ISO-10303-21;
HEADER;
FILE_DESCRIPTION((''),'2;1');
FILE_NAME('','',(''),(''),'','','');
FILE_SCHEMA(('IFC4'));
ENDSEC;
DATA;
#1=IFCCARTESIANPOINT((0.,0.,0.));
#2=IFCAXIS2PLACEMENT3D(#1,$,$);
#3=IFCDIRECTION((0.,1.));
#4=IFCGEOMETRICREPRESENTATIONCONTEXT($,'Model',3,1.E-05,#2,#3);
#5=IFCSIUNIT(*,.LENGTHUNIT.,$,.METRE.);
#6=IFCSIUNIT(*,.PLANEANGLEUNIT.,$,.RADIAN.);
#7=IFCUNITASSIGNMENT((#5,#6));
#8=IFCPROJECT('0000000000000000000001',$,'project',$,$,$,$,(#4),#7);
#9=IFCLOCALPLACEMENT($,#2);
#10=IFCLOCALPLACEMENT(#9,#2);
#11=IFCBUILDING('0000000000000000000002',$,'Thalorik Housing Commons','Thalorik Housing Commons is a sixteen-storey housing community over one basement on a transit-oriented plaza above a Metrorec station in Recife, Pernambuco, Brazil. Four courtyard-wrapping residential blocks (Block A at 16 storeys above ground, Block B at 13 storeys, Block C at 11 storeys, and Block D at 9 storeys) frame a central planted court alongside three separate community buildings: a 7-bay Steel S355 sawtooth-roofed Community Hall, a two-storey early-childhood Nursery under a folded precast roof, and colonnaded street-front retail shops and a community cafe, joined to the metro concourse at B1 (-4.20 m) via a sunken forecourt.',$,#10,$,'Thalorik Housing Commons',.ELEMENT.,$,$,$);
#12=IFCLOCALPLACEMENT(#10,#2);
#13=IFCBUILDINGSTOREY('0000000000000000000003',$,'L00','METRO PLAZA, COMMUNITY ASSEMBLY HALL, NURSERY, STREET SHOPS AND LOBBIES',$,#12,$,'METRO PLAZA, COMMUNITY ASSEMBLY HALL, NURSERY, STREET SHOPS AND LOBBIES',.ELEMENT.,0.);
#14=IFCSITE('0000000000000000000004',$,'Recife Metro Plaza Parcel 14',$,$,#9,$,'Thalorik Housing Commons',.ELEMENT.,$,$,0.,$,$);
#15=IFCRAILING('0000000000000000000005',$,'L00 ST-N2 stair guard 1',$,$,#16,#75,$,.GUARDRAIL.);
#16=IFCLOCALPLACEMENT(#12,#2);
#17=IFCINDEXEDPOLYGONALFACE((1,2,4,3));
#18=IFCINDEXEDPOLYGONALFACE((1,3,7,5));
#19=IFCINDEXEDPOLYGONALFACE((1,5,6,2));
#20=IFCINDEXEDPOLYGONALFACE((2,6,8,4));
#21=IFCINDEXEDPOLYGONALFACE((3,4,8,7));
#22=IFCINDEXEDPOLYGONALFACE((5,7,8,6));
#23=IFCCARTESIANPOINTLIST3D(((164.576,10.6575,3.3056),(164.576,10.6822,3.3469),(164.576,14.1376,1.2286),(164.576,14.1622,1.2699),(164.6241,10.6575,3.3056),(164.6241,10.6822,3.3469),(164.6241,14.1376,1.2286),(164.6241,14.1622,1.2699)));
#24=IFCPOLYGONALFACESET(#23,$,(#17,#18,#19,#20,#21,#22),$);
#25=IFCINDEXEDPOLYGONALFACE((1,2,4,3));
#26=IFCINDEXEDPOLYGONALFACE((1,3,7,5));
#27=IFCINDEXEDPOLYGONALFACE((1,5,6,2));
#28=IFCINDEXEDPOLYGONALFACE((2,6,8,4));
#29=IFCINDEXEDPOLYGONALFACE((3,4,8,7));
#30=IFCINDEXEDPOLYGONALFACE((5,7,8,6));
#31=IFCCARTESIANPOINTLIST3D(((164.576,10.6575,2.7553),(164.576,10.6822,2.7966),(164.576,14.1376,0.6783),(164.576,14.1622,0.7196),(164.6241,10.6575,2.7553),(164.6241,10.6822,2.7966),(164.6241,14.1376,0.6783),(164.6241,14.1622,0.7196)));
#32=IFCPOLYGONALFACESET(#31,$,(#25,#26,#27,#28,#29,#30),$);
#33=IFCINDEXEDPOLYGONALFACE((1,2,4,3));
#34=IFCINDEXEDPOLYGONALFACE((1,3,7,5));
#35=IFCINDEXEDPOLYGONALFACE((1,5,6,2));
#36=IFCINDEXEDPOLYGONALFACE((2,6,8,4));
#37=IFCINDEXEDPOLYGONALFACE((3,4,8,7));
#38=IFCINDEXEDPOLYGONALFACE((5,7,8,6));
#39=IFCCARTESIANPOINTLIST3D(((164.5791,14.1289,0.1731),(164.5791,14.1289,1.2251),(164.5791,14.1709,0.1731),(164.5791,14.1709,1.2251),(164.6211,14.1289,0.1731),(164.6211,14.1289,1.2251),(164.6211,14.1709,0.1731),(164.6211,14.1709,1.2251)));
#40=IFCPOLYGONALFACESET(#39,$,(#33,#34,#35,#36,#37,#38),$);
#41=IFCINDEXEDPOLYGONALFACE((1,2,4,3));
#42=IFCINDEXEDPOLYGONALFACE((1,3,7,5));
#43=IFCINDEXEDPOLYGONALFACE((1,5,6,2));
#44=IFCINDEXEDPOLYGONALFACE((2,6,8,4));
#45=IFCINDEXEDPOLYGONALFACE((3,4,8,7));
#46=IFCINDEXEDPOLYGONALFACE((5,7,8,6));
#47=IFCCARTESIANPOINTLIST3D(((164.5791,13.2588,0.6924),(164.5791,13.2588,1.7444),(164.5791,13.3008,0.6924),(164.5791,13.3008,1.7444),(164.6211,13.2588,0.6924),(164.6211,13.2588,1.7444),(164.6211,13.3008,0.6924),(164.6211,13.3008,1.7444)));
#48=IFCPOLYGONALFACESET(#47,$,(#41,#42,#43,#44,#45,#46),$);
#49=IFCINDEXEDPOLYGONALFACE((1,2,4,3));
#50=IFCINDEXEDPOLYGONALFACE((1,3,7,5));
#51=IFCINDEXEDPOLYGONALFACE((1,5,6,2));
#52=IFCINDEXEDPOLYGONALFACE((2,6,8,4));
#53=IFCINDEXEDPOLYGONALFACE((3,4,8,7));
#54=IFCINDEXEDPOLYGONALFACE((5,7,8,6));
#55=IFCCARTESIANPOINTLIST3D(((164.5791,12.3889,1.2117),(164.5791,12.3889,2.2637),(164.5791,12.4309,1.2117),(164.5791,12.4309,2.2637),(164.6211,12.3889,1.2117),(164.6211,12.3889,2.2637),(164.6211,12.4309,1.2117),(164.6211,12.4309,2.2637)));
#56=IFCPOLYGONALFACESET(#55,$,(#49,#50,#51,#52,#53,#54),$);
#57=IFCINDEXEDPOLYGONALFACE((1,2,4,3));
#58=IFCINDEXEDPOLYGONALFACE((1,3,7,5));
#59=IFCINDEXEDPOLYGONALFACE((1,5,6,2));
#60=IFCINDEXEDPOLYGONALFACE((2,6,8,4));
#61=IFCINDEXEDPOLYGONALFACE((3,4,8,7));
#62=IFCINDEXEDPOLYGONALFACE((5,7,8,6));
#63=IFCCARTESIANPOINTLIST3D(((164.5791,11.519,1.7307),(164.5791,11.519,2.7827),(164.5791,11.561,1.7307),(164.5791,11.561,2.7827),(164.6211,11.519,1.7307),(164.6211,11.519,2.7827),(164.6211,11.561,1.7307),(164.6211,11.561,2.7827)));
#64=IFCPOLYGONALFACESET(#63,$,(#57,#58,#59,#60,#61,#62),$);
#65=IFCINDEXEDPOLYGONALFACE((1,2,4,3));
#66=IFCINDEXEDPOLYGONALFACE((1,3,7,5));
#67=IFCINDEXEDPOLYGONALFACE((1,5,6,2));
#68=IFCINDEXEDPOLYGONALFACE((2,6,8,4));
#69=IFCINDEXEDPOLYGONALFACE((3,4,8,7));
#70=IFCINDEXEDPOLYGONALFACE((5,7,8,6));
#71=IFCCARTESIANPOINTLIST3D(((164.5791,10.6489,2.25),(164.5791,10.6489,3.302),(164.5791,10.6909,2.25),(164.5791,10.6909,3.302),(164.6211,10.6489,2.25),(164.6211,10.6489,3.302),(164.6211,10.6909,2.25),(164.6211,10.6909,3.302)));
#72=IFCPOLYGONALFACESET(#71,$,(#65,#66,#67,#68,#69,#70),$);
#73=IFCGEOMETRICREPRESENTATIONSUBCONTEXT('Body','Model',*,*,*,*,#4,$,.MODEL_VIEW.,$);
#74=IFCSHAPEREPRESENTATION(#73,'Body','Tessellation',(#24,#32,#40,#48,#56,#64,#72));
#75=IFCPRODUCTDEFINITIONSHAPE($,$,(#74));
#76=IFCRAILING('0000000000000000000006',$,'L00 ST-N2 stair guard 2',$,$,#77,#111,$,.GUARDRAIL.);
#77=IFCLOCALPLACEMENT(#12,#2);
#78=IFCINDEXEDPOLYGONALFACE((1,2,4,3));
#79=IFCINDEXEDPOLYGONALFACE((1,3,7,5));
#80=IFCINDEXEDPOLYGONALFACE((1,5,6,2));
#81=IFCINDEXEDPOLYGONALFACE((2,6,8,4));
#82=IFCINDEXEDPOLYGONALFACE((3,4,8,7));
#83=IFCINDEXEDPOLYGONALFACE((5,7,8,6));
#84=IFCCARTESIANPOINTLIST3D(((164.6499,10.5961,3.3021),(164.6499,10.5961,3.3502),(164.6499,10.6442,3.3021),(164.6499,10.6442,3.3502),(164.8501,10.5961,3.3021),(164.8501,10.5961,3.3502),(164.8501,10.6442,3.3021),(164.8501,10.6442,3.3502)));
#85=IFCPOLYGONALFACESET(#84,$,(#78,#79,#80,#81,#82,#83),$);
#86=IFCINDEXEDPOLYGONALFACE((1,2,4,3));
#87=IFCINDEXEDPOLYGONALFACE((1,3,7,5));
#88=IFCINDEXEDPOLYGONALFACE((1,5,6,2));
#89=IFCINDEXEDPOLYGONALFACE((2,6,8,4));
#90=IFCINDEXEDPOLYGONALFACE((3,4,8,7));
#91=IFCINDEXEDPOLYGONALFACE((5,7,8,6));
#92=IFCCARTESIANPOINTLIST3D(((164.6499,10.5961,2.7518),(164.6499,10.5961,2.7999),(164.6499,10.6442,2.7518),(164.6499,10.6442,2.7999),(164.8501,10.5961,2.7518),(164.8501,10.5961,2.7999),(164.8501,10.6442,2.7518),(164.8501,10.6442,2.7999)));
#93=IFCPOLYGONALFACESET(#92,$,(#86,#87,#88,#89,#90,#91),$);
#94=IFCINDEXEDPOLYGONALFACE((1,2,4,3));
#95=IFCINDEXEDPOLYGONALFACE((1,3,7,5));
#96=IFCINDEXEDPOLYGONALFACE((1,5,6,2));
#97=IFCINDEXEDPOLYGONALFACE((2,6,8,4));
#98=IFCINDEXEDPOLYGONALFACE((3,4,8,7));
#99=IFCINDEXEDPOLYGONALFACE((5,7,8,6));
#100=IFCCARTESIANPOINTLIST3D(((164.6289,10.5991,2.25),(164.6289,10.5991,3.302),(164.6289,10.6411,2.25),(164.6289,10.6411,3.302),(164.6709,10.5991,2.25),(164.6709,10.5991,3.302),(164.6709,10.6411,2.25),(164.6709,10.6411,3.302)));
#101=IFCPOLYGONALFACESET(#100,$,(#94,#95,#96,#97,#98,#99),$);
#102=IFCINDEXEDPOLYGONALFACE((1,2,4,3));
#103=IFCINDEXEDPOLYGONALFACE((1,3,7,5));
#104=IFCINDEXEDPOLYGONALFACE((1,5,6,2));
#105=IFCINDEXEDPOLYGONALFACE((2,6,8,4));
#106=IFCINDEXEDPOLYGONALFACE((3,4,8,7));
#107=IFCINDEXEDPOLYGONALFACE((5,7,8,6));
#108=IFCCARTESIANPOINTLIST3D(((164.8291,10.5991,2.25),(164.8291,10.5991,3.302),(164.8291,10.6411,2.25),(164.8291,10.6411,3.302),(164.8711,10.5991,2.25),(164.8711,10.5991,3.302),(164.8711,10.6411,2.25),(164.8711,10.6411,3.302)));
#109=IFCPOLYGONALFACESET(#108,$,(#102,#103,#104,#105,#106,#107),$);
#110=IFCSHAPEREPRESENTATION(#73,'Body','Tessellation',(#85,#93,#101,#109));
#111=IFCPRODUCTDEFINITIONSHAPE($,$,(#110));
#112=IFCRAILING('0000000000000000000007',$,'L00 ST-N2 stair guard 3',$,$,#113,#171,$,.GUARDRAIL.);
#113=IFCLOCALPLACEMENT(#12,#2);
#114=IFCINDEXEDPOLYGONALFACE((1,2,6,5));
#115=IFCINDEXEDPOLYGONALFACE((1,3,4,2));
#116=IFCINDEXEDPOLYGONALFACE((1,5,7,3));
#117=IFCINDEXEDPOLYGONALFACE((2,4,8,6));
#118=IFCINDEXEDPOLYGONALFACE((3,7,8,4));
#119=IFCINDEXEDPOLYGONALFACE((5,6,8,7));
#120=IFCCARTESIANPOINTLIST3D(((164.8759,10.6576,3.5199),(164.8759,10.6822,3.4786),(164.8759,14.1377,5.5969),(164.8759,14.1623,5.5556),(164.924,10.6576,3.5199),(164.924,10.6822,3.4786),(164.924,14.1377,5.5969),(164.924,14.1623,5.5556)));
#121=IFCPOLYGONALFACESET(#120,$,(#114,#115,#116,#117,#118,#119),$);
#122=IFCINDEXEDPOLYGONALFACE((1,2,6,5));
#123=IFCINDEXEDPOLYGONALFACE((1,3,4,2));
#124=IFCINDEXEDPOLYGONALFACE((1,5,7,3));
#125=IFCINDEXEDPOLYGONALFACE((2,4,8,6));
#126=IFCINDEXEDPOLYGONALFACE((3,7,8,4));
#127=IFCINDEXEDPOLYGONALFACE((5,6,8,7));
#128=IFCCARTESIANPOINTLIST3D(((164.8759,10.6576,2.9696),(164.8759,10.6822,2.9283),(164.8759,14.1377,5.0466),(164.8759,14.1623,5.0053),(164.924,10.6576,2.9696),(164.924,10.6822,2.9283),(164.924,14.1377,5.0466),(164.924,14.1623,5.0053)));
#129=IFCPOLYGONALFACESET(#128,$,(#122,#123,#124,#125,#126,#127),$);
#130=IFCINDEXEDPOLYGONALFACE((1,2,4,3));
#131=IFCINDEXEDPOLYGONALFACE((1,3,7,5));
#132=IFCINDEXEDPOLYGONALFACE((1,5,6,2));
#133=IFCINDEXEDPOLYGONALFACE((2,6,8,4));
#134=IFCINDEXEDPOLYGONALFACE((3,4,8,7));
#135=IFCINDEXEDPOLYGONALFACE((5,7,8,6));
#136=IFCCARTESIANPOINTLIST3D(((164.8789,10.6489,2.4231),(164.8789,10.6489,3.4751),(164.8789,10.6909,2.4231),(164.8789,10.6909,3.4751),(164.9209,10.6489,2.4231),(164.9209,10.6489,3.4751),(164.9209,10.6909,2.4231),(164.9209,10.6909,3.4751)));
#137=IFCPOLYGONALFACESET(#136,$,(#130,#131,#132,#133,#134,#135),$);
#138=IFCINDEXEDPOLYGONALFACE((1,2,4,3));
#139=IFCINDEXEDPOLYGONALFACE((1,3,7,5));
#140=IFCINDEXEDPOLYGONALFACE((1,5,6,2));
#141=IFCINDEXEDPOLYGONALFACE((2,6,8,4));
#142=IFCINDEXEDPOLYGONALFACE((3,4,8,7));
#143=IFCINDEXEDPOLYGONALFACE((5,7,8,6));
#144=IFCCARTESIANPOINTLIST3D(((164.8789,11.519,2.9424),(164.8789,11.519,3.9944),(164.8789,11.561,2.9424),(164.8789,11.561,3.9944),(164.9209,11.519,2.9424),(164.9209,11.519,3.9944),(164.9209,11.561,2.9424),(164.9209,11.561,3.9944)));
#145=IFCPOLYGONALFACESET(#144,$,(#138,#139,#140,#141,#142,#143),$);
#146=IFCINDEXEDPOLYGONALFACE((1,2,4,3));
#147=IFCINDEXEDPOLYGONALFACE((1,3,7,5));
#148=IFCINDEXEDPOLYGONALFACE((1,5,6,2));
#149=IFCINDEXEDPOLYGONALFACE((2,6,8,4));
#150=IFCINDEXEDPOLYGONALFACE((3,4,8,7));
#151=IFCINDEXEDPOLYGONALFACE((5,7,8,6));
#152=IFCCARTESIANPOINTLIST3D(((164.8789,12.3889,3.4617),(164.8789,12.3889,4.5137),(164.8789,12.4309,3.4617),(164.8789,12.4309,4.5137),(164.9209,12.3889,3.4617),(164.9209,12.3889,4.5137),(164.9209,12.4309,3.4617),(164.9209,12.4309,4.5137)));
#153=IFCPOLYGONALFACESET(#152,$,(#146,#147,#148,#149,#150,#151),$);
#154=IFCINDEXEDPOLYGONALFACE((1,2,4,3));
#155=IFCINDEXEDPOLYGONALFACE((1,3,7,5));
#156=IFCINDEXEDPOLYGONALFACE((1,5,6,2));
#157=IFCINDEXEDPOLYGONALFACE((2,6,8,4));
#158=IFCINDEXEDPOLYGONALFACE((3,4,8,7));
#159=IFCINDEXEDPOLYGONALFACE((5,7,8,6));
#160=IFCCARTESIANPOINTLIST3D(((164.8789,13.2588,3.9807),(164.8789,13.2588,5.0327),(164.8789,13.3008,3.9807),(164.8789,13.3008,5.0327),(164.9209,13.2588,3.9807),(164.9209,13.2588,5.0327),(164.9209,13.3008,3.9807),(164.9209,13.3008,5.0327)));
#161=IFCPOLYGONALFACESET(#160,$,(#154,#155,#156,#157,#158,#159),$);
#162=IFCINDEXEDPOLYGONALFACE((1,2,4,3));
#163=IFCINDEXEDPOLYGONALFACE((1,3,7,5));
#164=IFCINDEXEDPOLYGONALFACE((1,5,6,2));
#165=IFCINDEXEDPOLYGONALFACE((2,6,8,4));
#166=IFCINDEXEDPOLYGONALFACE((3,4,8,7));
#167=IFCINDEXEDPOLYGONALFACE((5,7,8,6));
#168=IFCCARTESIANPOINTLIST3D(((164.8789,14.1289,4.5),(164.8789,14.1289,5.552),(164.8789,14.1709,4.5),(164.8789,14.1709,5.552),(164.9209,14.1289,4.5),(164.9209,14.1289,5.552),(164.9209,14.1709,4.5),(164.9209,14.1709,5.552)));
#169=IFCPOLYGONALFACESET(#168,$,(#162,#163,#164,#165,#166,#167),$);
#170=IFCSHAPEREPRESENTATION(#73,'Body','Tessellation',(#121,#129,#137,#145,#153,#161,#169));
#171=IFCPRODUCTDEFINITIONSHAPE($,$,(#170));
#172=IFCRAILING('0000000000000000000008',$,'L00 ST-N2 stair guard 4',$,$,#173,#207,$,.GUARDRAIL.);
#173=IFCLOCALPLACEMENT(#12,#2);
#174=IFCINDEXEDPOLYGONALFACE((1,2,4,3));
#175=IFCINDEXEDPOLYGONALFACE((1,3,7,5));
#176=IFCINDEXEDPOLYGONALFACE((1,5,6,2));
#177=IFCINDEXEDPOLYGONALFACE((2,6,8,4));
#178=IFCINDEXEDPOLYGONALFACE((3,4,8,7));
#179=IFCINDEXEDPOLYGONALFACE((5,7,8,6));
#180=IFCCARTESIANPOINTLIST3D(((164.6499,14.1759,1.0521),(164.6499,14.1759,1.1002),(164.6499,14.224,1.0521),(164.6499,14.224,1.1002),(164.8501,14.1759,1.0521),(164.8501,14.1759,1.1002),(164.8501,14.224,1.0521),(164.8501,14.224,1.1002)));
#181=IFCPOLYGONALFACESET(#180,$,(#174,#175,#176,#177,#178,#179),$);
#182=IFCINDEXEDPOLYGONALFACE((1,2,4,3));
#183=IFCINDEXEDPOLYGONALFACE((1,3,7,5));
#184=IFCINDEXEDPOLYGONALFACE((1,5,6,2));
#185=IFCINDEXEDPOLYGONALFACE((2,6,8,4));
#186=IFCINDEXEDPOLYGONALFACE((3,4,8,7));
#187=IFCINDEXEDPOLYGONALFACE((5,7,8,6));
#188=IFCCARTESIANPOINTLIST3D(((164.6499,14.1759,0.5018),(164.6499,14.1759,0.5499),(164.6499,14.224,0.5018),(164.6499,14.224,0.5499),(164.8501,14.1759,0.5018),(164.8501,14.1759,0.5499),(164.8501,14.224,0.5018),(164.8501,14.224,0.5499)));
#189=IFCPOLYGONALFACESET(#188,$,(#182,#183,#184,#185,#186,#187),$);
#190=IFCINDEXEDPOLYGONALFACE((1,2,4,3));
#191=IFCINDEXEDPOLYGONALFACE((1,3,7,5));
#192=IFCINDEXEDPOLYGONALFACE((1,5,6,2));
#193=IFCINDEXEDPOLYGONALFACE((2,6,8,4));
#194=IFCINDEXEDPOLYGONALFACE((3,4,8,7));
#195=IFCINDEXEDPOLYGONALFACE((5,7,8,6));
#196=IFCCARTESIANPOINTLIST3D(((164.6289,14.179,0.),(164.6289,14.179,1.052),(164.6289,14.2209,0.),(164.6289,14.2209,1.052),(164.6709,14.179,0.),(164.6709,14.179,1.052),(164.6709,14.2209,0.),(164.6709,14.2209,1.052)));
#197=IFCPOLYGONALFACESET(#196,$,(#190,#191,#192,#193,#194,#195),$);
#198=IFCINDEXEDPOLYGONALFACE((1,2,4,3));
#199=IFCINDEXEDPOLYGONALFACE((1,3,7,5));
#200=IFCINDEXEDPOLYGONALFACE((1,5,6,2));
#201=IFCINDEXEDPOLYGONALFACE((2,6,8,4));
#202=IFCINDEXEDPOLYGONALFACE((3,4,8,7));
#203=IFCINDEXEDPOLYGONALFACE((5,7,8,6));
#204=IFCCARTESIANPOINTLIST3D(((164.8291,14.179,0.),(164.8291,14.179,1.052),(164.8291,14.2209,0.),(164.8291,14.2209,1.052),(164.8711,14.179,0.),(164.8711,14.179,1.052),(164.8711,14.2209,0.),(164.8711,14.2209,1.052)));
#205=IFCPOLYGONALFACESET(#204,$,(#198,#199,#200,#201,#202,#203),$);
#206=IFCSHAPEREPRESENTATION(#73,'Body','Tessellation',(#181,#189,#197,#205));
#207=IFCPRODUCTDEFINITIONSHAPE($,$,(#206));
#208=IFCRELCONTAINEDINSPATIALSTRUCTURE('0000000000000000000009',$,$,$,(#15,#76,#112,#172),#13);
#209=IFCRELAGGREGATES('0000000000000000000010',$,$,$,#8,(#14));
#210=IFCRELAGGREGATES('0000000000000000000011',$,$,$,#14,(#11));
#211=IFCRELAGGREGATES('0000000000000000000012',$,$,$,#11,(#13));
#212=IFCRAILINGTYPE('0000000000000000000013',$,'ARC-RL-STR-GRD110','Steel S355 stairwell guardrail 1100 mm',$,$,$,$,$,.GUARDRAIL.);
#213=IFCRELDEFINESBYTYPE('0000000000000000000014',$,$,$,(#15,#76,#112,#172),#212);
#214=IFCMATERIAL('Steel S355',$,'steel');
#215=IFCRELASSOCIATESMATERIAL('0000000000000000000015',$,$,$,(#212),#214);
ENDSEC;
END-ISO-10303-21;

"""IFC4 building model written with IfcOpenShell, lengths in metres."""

from ifc_helpers import new_model, si_unit, direction, frame, origin, origin_2d, place, context, subcontext, project, spatial, rectangle, extrude, material, type_object, element, save


model = new_model("IFC4")

# Units and contexts
model_context = context("Model", 3, precision=1e-05, world=origin(), true_north=direction((0.0, 1.0)))
body_context = subcontext(model_context, "Body", "Model", "MODEL_VIEW")
ifc_project = project(units=[si_unit("LENGTHUNIT", "METRE"), si_unit("PLANEANGLEUNIT", "RADIAN")], contexts=[model_context])

# Site, building, storey
site_placement = place(None, origin())
site = spatial("IfcSite", under=ifc_project, at=site_placement, Name="Recife Metro Plaza Parcel 14", LongName="Thalorik Housing Commons", CompositionType="ELEMENT", RefElevation=0.0)
building_placement = place(site_placement, origin())
building = spatial("IfcBuilding", under=site, at=building_placement, Name="Thalorik Housing Commons", Description="Thalorik Housing Commons is a sixteen-storey housing community over one basement on a transit-oriented plaza above a Metrorec station in Recife, Pernambuco, Brazil. Four courtyard-wrapping residential blocks (Block A at 16 storeys above ground, Block B at 13 storeys, Block C at 11 storeys, and Block D at 9 storeys) frame a central planted court alongside three separate community buildings: a 7-bay Steel S355 sawtooth-roofed Community Hall, a two-storey early-childhood Nursery under a folded precast roof, and colonnaded street-front retail shops and a community cafe, joined to the metro concourse at B1 (-4.20 m) via a sunken forecourt.", LongName="Thalorik Housing Commons", CompositionType="ELEMENT")
storey_placement = place(building_placement, origin())
storey = spatial("IfcBuildingStorey", under=building, at=storey_placement, Name="L00", Description="METRO PLAZA, COMMUNITY ASSEMBLY HALL, NURSERY, STREET SHOPS AND LOBBIES", LongName="METRO PLAZA, COMMUNITY ASSEMBLY HALL, NURSERY, STREET SHOPS AND LOBBIES", CompositionType="ELEMENT", Elevation=0.0)

# Railings
ifc_material_1 = material(Name="Steel S355", Category="steel")
railing_type_1 = type_object("IfcRailingType", Name="ARC-RL-STR-GRD110", Description="Steel S355 stairwell guardrail 1100 mm", PredefinedType="GUARDRAIL", material=ifc_material_1)
railing_1_placement = place(storey_placement, frame((164.6001, 14.1499, 0.1731)))
element("IfcRailing", 1, at=railing_1_placement, inside=storey, type_object=railing_type_1, Name="L00 ST-N2 stair guard 1", PredefinedType="GUARDRAIL", context=body_context, shape_type="SweptSolid", body=[
    extrude(rectangle(XDim=0.0481, YDim=0.0481, at=origin_2d()), frame((0.0, 0.0, 1.0762), z_axis=(0.0, -0.858697, 0.512483), x_axis=(1.0, 0.0, 0.0)), (0.0, 0.0, 1.0), 4.0527),
    extrude(rectangle(XDim=0.0481, YDim=0.0481, at=origin_2d()), frame((0.0, 0.0, 0.5259), z_axis=(0.0, -0.858697, 0.512483), x_axis=(1.0, 0.0, 0.0)), (0.0, 0.0, 1.0), 4.0527),
    extrude(rectangle(XDim=0.042, YDim=0.042, at=origin_2d()), origin(), (0.0, 0.0, 1.0), 1.052),
    extrude(rectangle(XDim=0.042, YDim=0.042, at=origin_2d()), frame((0.0, -0.8701, 0.5193)), (0.0, 0.0, 1.0), 1.052),
    extrude(rectangle(XDim=0.042, YDim=0.042, at=origin_2d()), frame((0.0, -1.74, 1.0386)), (0.0, 0.0, 1.0), 1.052),
    extrude(rectangle(XDim=0.042, YDim=0.042, at=origin_2d()), frame((0.0, -2.6099, 1.5576)), (0.0, 0.0, 1.0), 1.052),
    extrude(rectangle(XDim=0.042, YDim=0.042, at=origin_2d()), frame((0.0, -3.48, 2.0769)), (0.0, 0.0, 1.0), 1.052),
])
railing_2_placement = place(storey_placement, frame((164.6499, 10.6201, 2.25)))
element("IfcRailing", 2, at=railing_2_placement, inside=storey, type_object=railing_type_1, Name="L00 ST-N2 stair guard 2", PredefinedType="GUARDRAIL", context=body_context, shape_type="SweptSolid", body=[
    extrude(rectangle(XDim=0.0481, YDim=0.0481, at=origin_2d()), frame((0.0, 0.0, 1.0762), z_axis=(1.0, 0.0, 0.0), x_axis=(0.0, 1.0, 0.0)), (0.0, 0.0, 1.0), 0.2002),
    extrude(rectangle(XDim=0.0481, YDim=0.0481, at=origin_2d()), frame((0.0, 0.0, 0.5259), z_axis=(1.0, 0.0, 0.0), x_axis=(0.0, 1.0, 0.0)), (0.0, 0.0, 1.0), 0.2002),
    extrude(rectangle(XDim=0.042, YDim=0.042, at=origin_2d()), origin(), (0.0, 0.0, 1.0), 1.052),
    extrude(rectangle(XDim=0.042, YDim=0.042, at=origin_2d()), frame((0.2002, 0.0, 0.0)), (0.0, 0.0, 1.0), 1.052),
])
railing_3_placement = place(storey_placement, frame((164.8999, 10.6699, 2.4231)))
element("IfcRailing", 3, at=railing_3_placement, inside=storey, type_object=railing_type_1, Name="L00 ST-N2 stair guard 3", PredefinedType="GUARDRAIL", context=body_context, shape_type="SweptSolid", body=[
    extrude(rectangle(XDim=0.0481, YDim=0.0481, at=origin_2d()), frame((0.0, 0.0, 1.0762), z_axis=(0.0, 0.858697, 0.512483), x_axis=(-1.0, 0.0, 0.0)), (0.0, 0.0, 1.0), 4.0527),
    extrude(rectangle(XDim=0.0481, YDim=0.0481, at=origin_2d()), frame((0.0, 0.0, 0.5259), z_axis=(0.0, 0.858697, 0.512483), x_axis=(-1.0, 0.0, 0.0)), (0.0, 0.0, 1.0), 4.0527),
    extrude(rectangle(XDim=0.042, YDim=0.042, at=origin_2d()), origin(), (0.0, 0.0, 1.0), 1.052),
    extrude(rectangle(XDim=0.042, YDim=0.042, at=origin_2d()), frame((0.0, 0.8701, 0.5193)), (0.0, 0.0, 1.0), 1.052),
    extrude(rectangle(XDim=0.042, YDim=0.042, at=origin_2d()), frame((0.0, 1.74, 1.0386)), (0.0, 0.0, 1.0), 1.052),
    extrude(rectangle(XDim=0.042, YDim=0.042, at=origin_2d()), frame((0.0, 2.6099, 1.5576)), (0.0, 0.0, 1.0), 1.052),
    extrude(rectangle(XDim=0.042, YDim=0.042, at=origin_2d()), frame((0.0, 3.48, 2.0769)), (0.0, 0.0, 1.0), 1.052),
])
railing_4_placement = place(storey_placement, frame((164.6499, 14.2, 0.0)))
element("IfcRailing", 4, at=railing_4_placement, inside=storey, type_object=railing_type_1, Name="L00 ST-N2 stair guard 4", PredefinedType="GUARDRAIL", context=body_context, shape_type="SweptSolid", body=[
    extrude(rectangle(XDim=0.0481, YDim=0.0481, at=origin_2d()), frame((0.0, 0.0, 1.0762), z_axis=(1.0, 0.0, 0.0), x_axis=(0.0, 1.0, 0.0)), (0.0, 0.0, 1.0), 0.2002),
    extrude(rectangle(XDim=0.0481, YDim=0.0481, at=origin_2d()), frame((0.0, 0.0, 0.5259), z_axis=(1.0, 0.0, 0.0), x_axis=(0.0, 1.0, 0.0)), (0.0, 0.0, 1.0), 0.2002),
    extrude(rectangle(XDim=0.042, YDim=0.042, at=origin_2d()), origin(), (0.0, 0.0, 1.0), 1.052),
    extrude(rectangle(XDim=0.042, YDim=0.042, at=origin_2d()), frame((0.2002, 0.0, 0.0)), (0.0, 0.0, 1.0), 1.052),
])

save(model, "model.ifc")
